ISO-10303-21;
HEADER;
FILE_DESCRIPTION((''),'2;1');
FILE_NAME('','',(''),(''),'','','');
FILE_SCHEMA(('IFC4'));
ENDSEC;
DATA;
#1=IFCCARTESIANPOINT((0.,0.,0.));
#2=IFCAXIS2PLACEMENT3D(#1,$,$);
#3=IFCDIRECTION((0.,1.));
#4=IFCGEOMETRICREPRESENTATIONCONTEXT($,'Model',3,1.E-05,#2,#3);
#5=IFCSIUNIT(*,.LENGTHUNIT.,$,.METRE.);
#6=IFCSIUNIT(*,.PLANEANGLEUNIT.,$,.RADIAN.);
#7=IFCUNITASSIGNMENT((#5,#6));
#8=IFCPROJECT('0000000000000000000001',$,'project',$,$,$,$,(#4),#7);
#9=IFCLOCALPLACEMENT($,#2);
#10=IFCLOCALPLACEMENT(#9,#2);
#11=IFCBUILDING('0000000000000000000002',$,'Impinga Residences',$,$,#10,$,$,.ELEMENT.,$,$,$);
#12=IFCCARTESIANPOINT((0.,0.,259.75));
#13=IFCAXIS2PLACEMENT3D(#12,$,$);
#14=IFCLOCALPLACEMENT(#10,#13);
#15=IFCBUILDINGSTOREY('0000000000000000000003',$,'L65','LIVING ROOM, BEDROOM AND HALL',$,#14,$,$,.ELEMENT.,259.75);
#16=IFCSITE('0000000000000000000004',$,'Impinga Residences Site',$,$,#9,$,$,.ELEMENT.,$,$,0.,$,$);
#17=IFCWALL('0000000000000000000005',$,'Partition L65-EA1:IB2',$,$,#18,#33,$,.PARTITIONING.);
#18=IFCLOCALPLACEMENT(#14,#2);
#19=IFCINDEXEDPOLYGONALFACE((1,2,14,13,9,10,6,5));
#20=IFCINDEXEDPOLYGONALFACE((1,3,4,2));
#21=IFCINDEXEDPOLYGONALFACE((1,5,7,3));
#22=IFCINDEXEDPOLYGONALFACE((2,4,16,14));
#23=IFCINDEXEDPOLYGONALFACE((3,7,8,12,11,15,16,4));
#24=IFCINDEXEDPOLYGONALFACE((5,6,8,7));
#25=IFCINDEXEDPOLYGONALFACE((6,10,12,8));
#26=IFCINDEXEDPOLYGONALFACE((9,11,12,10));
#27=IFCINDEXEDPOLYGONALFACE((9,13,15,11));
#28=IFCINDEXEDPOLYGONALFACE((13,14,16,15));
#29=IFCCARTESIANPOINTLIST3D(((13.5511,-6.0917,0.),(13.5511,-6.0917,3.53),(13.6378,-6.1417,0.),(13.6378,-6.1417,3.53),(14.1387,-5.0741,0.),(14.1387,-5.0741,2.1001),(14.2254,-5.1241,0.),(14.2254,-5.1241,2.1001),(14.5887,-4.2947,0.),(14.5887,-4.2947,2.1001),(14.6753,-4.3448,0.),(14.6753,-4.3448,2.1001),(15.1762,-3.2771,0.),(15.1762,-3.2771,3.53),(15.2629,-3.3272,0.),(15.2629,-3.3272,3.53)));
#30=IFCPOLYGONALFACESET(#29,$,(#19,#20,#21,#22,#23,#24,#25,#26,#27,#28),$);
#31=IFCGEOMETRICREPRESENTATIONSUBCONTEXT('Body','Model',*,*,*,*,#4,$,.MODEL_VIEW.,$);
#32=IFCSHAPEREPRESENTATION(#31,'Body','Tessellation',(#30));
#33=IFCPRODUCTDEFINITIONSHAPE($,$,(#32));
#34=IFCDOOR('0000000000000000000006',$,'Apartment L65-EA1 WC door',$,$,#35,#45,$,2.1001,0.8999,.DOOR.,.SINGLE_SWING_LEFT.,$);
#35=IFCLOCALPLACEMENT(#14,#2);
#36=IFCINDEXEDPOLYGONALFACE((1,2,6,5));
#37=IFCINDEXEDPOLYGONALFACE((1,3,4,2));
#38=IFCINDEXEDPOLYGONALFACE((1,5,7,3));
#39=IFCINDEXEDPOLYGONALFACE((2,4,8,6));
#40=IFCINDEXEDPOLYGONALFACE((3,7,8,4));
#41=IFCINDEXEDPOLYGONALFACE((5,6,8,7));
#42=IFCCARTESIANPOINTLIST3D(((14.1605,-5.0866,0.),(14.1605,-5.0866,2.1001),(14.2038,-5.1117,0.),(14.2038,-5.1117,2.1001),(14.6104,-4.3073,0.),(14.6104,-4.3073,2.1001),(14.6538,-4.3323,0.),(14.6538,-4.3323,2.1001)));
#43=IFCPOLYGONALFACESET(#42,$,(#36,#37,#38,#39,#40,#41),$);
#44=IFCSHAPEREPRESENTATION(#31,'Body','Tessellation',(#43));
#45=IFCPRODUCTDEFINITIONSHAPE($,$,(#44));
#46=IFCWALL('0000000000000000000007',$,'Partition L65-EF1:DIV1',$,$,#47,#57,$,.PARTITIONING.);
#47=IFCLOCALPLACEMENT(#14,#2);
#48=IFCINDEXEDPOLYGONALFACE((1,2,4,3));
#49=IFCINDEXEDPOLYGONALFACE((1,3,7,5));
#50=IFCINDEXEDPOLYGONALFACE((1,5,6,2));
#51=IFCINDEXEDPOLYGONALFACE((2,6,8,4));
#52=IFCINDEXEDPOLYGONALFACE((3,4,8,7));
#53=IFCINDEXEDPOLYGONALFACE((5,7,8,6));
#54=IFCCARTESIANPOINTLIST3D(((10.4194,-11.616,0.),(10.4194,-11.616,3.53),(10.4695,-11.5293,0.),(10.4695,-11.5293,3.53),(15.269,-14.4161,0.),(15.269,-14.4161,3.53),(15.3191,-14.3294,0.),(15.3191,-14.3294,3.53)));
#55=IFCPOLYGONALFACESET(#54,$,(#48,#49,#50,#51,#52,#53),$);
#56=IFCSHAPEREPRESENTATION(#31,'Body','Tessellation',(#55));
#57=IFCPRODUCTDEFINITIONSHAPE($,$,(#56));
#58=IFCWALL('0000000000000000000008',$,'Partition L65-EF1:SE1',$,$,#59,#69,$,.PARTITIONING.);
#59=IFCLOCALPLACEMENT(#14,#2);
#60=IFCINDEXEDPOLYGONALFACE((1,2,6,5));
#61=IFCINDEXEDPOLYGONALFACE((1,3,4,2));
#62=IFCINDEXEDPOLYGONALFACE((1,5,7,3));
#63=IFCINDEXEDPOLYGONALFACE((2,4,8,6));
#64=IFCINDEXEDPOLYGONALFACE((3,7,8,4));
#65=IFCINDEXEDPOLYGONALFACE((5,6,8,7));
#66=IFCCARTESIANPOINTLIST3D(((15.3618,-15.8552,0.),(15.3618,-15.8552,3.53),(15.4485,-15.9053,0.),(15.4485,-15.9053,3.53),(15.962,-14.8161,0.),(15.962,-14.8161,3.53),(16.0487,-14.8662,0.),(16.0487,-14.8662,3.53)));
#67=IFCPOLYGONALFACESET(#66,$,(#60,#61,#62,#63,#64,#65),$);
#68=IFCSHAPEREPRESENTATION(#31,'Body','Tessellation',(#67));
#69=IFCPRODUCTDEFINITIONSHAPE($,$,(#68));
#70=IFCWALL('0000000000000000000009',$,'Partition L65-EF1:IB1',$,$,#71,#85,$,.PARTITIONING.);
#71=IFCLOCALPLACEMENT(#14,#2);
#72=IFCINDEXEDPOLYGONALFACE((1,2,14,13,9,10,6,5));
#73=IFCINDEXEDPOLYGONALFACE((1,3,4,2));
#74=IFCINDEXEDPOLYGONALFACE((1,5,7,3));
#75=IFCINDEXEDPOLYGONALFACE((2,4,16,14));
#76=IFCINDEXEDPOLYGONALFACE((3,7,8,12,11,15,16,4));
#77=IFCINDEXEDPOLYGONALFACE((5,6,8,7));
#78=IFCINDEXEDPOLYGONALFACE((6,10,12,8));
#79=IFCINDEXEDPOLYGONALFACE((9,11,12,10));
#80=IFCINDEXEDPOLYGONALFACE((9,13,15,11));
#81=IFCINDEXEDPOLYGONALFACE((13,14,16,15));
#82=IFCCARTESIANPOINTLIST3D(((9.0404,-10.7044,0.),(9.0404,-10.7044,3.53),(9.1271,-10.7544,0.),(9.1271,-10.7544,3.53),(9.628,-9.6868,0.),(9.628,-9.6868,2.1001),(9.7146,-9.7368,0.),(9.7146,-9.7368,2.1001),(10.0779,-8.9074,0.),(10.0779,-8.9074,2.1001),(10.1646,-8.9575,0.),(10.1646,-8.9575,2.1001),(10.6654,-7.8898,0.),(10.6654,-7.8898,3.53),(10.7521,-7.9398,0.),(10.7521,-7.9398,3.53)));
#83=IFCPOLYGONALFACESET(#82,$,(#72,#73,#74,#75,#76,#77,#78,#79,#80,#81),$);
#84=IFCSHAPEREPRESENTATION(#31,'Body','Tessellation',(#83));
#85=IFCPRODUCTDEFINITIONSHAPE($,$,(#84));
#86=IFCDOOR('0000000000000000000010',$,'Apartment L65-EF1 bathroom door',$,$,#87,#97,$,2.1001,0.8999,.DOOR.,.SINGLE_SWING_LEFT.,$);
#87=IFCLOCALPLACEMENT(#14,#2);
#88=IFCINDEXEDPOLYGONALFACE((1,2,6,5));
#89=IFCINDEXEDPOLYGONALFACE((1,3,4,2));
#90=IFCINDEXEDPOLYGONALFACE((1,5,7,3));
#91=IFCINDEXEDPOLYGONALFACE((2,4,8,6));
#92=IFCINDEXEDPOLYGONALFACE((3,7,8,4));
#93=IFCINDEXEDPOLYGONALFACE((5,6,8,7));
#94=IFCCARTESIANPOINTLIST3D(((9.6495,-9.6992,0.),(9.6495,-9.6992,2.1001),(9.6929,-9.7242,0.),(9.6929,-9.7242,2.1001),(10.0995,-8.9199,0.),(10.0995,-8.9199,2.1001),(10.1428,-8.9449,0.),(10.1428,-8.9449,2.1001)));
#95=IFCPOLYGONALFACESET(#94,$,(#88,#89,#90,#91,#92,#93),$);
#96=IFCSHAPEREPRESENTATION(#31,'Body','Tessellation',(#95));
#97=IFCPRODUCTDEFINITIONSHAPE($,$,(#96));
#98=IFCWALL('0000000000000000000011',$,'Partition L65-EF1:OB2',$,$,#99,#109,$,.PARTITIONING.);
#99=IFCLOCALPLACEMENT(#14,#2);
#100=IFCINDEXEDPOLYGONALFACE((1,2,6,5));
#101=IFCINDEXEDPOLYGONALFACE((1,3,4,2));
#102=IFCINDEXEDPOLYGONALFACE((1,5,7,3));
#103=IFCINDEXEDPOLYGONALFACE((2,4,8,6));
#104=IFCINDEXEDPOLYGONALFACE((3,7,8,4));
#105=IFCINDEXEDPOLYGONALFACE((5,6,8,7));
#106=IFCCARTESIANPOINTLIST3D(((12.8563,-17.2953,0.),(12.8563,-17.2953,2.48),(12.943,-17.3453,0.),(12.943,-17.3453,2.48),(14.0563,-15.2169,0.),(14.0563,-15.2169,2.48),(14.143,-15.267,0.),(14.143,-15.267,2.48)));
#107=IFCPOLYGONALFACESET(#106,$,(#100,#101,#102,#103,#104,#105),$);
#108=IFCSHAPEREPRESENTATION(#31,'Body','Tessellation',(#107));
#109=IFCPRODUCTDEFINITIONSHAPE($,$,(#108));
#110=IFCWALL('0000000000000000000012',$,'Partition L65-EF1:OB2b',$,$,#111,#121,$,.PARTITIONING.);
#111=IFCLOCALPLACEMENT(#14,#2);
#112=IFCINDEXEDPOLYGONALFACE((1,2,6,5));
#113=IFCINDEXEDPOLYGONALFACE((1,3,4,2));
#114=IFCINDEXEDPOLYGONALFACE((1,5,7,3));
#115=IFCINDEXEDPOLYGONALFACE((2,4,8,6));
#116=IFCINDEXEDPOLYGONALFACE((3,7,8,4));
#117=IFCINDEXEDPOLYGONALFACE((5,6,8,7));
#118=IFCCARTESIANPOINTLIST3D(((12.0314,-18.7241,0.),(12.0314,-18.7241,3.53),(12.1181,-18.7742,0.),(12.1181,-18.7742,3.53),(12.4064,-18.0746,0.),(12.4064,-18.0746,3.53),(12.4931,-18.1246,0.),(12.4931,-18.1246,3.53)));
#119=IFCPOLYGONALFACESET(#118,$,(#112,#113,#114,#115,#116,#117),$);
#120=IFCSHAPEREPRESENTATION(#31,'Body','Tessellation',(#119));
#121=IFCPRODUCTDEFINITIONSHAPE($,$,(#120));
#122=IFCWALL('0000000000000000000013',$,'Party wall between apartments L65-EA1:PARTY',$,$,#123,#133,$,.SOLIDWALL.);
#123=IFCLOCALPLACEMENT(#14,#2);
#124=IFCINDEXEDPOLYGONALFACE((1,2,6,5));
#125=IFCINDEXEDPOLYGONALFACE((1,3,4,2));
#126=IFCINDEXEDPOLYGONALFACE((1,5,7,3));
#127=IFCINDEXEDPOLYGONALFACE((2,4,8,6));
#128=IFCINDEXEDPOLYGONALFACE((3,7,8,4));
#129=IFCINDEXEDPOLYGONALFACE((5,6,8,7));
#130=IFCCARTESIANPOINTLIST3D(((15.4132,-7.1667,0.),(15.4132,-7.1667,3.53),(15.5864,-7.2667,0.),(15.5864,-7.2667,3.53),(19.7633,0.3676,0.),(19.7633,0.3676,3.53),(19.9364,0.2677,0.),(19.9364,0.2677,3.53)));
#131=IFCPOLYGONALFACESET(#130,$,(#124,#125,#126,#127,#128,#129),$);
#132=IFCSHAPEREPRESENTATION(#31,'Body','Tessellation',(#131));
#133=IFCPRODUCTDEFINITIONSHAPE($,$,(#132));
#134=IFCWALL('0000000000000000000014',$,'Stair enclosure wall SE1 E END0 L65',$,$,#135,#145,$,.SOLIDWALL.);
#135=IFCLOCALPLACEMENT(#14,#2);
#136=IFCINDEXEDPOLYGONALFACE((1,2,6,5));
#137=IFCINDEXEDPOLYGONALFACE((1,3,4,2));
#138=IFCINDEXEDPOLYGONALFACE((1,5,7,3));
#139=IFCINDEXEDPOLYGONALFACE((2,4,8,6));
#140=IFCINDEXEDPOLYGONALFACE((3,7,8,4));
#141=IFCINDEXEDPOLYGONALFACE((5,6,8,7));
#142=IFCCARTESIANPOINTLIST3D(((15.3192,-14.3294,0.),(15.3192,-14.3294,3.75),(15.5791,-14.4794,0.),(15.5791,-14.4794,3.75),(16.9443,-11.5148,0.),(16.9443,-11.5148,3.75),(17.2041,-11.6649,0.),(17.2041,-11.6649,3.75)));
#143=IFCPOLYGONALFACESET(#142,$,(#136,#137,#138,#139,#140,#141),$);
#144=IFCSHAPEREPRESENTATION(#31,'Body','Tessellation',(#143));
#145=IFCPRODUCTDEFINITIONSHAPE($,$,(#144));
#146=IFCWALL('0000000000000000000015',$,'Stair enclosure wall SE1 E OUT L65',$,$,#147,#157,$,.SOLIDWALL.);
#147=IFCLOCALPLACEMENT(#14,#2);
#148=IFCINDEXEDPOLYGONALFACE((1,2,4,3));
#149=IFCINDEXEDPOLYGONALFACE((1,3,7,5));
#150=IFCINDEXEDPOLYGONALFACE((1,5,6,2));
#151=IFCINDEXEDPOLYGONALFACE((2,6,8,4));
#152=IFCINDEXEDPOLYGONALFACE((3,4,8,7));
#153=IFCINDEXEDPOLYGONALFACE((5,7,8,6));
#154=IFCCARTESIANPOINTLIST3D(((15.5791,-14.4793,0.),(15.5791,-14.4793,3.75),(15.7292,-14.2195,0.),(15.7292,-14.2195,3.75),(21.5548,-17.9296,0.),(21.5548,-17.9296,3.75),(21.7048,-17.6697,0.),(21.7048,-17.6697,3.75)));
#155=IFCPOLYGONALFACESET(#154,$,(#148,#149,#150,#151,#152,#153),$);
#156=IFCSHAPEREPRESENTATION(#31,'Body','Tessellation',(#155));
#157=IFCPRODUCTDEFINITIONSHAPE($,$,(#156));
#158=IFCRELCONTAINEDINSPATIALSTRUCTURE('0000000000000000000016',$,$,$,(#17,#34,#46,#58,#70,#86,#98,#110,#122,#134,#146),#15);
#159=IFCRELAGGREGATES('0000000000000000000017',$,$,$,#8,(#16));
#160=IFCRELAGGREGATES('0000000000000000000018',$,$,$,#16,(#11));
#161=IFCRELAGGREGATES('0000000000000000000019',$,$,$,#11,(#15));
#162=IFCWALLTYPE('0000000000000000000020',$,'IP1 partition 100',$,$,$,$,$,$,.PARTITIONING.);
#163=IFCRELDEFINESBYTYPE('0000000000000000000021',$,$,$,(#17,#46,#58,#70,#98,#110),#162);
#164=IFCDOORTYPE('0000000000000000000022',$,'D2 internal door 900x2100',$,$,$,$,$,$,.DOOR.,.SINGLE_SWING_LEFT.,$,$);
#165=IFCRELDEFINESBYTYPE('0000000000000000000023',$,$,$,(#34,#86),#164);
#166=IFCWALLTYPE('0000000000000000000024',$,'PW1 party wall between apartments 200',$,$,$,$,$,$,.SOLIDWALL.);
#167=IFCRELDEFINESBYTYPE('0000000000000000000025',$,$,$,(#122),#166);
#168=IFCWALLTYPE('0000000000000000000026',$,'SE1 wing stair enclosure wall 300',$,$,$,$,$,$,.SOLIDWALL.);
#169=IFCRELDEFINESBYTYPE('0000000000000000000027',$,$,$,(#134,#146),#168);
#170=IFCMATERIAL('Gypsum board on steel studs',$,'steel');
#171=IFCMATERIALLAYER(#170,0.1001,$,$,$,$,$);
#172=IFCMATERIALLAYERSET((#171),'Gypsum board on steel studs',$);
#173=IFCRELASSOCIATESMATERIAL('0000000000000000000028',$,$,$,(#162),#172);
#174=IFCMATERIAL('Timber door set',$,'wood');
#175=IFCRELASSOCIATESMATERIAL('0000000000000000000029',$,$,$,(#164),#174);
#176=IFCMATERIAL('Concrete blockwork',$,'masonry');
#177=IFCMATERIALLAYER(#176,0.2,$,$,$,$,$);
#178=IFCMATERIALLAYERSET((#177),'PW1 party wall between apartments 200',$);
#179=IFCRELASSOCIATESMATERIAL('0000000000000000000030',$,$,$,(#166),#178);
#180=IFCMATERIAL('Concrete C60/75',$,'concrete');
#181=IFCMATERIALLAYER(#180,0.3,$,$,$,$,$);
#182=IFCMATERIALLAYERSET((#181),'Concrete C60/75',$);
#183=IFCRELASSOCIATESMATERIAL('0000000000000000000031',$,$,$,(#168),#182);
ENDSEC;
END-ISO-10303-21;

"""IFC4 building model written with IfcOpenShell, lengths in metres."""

from ifc_helpers import new_model, si_unit, direction, frame, frame_2d, origin, place, context, subcontext, project, spatial, rectangle, extrude, material, layer, layer_set, type_object, element, fill, save


model = new_model("IFC4")

# Units and contexts
model_context = context("Model", 3, precision=1e-05, world=origin(), true_north=direction((0.0, 1.0)))
body_context = subcontext(model_context, "Body", "Model", "MODEL_VIEW")
ifc_project = project(units=[si_unit("LENGTHUNIT", "METRE"), si_unit("PLANEANGLEUNIT", "RADIAN")], contexts=[model_context])

# Site, building, storey
site_placement = place(None, origin())
site = spatial("IfcSite", under=ifc_project, at=site_placement, Name="Impinga Residences Site", CompositionType="ELEMENT", RefElevation=0.0)
building_placement = place(site_placement, origin())
building = spatial("IfcBuilding", under=site, at=building_placement, Name="Impinga Residences", CompositionType="ELEMENT")
storey_placement = place(building_placement, frame((0.0, 0.0, 259.75)))
storey = spatial("IfcBuildingStorey", under=building, at=storey_placement, Name="L65", Description="LIVING ROOM, BEDROOM AND HALL", CompositionType="ELEMENT", Elevation=259.75)

# Shared definitions
ifc_material_1 = material(Name="Concrete C60/75", Category="concrete")

# Shared definitions
ifc_material_2 = material(Name="Timber door set", Category="wood")

# Shared definitions
ifc_material_3 = material(Name="Gypsum board on steel studs", Category="steel")
ifc_layer_1 = layer(ifc_material_3, 0.1001)
ifc_layer_set_1 = layer_set([ifc_layer_1], Name="Gypsum board on steel studs")
wall_type_1 = type_object("IfcWallType", Name="IP1 partition 100", PredefinedType="PARTITIONING", material=ifc_layer_set_1)

# Wall, opening, door
door_type_1 = type_object("IfcDoorType", Name="D2 internal door 900x2100", OperationType="SINGLE_SWING_LEFT", PredefinedType="DOOR", material=ifc_material_2)
wall_1_placement = place(storey_placement, frame((13.5945, -6.1167, 0.0), z_axis=(0.0, 0.0, 1.0), x_axis=(0.500017, 0.866015, 0.0)))
wall_1 = element("IfcWall", 1, at=wall_1_placement, inside=storey, type_object=wall_type_1, Name="Partition L65-EA1:IB2", PredefinedType="PARTITIONING", context=body_context, shape_type="SweptSolid", body=[
    extrude(rectangle(XDim=3.25, YDim=0.1001, at=frame_2d((1.625, 0.0))), origin(), (0.0, 0.0, 1.0), 3.53),
])
opening_1_placement = place(wall_1_placement, frame((1.175, 0.0, 0.0)))
opening_1 = element("IfcOpeningElement", 2, at=opening_1_placement, cuts=wall_1, PredefinedType="OPENING", context=body_context, shape_type="SweptSolid", body=[
    extrude(rectangle(XDim=0.8999, YDim=2.1001, at=frame_2d((0.45, 1.05))), frame((0.0, 0.0601, 0.0), z_axis=(0.0, -1.0, 0.0), x_axis=(1.0, 0.0, 0.0)), (0.0, 0.0, 1.0), 0.1201),
])
door_1_placement = place(opening_1_placement, origin())
door_1 = element("IfcDoor", 3, at=door_1_placement, inside=storey, type_object=door_type_1, Name="Apartment L65-EA1 WC door", OperationType="SINGLE_SWING_LEFT", OverallHeight=2.1001, OverallWidth=0.8999, PredefinedType="DOOR", context=body_context, shape_type="SweptSolid", body=[
    extrude(rectangle(XDim=0.8999, YDim=2.1001, at=frame_2d((0.45, 1.05))), frame((0.0, 0.0249, 0.0), z_axis=(0.0, -1.0, 0.0), x_axis=(1.0, 0.0, 0.0)), (0.0, 0.0, 1.0), 0.05),
])
fill(opening_1, door_1)

# Walls
wall_2_placement = place(storey_placement, frame((10.4446, -11.5728, 0.0), z_axis=(0.0, 0.0, 1.0), x_axis=(0.866016, -0.500017, 0.0)))
element("IfcWall", 4, at=wall_2_placement, inside=storey, type_object=wall_type_1, Name="Partition L65-EF1:DIV1", PredefinedType="PARTITIONING", context=body_context, shape_type="SweptSolid", body=[
    extrude(rectangle(XDim=5.5999, YDim=0.1001, at=frame_2d((2.7998, 0.0))), origin(), (0.0, 0.0, 1.0), 3.53),
])
wall_3_placement = place(storey_placement, frame((16.0054, -14.8411, 0.0), z_axis=(0.0, 0.0, 1.0), x_axis=(-0.500122, -0.865955, 0.0)))
element("IfcWall", 5, at=wall_3_placement, inside=storey, type_object=wall_type_1, Name="Partition L65-EF1:SE1", PredefinedType="PARTITIONING", context=body_context, shape_type="SweptSolid", body=[
    extrude(rectangle(XDim=1.2, YDim=0.1001, at=frame_2d((0.6001, 0.0))), origin(), (0.0, 0.0, 1.0), 3.53),
])

# Wall, opening, door
wall_4_placement = place(storey_placement, frame((10.7087, -7.9148, 0.0), z_axis=(0.0, 0.0, 1.0), x_axis=(-0.499985, -0.866034, 0.0)))
wall_4 = element("IfcWall", 6, at=wall_4_placement, inside=storey, type_object=wall_type_1, Name="Partition L65-EF1:IB1", PredefinedType="PARTITIONING", context=body_context, shape_type="SweptSolid", body=[
    extrude(rectangle(XDim=3.25, YDim=0.1001, at=frame_2d((1.625, 0.0))), origin(), (0.0, 0.0, 1.0), 3.53),
])
opening_2_placement = place(wall_4_placement, frame((1.175, 0.0, 0.0)))
opening_2 = element("IfcOpeningElement", 7, at=opening_2_placement, cuts=wall_4, PredefinedType="OPENING", context=body_context, shape_type="SweptSolid", body=[
    extrude(rectangle(XDim=0.8999, YDim=2.1001, at=frame_2d((0.45, 1.05))), frame((0.0, 0.0601, 0.0), z_axis=(0.0, -1.0, 0.0), x_axis=(1.0, 0.0, 0.0)), (0.0, 0.0, 1.0), 0.1201),
])
door_2_placement = place(opening_2_placement, origin())
door_2 = element("IfcDoor", 8, at=door_2_placement, inside=storey, type_object=door_type_1, Name="Apartment L65-EF1 bathroom door", OperationType="SINGLE_SWING_LEFT", OverallHeight=2.1001, OverallWidth=0.8999, PredefinedType="DOOR", context=body_context, shape_type="SweptSolid", body=[
    extrude(rectangle(XDim=0.8999, YDim=2.1001, at=frame_2d((0.45, 1.05))), frame((0.0, 0.0249, 0.0), z_axis=(0.0, -1.0, 0.0), x_axis=(1.0, 0.0, 0.0)), (0.0, 0.0, 1.0), 0.05),
])
fill(opening_2, door_2)

# Walls
wall_5_placement = place(storey_placement, frame((14.0996, -15.2419, 0.0), z_axis=(0.0, 0.0, 1.0), x_axis=(-0.500001, -0.866025, 0.0)))
element("IfcWall", 9, at=wall_5_placement, inside=storey, type_object=wall_type_1, Name="Partition L65-EF1:OB2", PredefinedType="PARTITIONING", context=body_context, shape_type="SweptSolid", body=[
    extrude(rectangle(XDim=2.3999, YDim=0.1001, at=frame_2d((1.2, 0.0))), origin(), (0.0, 0.0, 1.0), 2.48),
])
wall_6_placement = place(storey_placement, frame((12.4497, -18.0996, 0.0), z_axis=(0.0, 0.0, 1.0), x_axis=(-0.49992, -0.866072, 0.0)))
element("IfcWall", 10, at=wall_6_placement, inside=storey, type_object=wall_type_1, Name="Partition L65-EF1:OB2b", PredefinedType="PARTITIONING", context=body_context, shape_type="SweptSolid", body=[
    extrude(rectangle(XDim=0.75, YDim=0.1001, at=frame_2d((0.375, 0.0))), origin(), (0.0, 0.0, 1.0), 3.53),
])
ifc_material_4 = material(Name="Concrete blockwork", Category="masonry")
ifc_layer_2 = layer(ifc_material_4, 0.2)
ifc_layer_set_2 = layer_set([ifc_layer_2], Name="PW1 party wall between apartments 200")
wall_type_2 = type_object("IfcWallType", Name="PW1 party wall between apartments 200", PredefinedType="SOLIDWALL", material=ifc_layer_set_2)
wall_7_placement = place(storey_placement, frame((15.4998, -7.2168, 0.0), z_axis=(0.0, 0.0, 1.0), x_axis=(0.500008, 0.866021, 0.0)))
element("IfcWall", 11, at=wall_7_placement, inside=storey, type_object=wall_type_2, Name="Party wall between apartments L65-EA1:PARTY", PredefinedType="SOLIDWALL", context=body_context, shape_type="SweptSolid", body=[
    extrude(rectangle(XDim=8.7, YDim=0.2, at=frame_2d((4.3501, 0.0))), origin(), (0.0, 0.0, 1.0), 3.53),
])
ifc_layer_3 = layer(ifc_material_1, 0.3)
ifc_layer_set_3 = layer_set([ifc_layer_3], Name="Concrete C60/75")
wall_type_3 = type_object("IfcWallType", Name="SE1 wing stair enclosure wall 300", PredefinedType="SOLIDWALL", material=ifc_layer_set_3)
wall_8_placement = place(storey_placement, frame((17.0742, -11.5898, 0.0), z_axis=(0.0, 0.0, 1.0), x_axis=(-0.500017, -0.866015, 0.0)))
element("IfcWall", 12, at=wall_8_placement, inside=storey, type_object=wall_type_3, Name="Stair enclosure wall SE1 E END0 L65", PredefinedType="SOLIDWALL", context=body_context, shape_type="SweptSolid", body=[
    extrude(rectangle(XDim=3.25, YDim=0.3, at=frame_2d((1.625, 0.0))), origin(), (0.0, 0.0, 1.0), 3.75),
])
wall_9_placement = place(storey_placement, frame((15.6541, -14.3494, 0.0), z_axis=(0.0, 0.0, 1.0), x_axis=(0.866014, -0.500021, 0.0)))
element("IfcWall", 13, at=wall_9_placement, inside=storey, type_object=wall_type_3, Name="Stair enclosure wall SE1 E OUT L65", PredefinedType="SOLIDWALL", context=body_context, shape_type="SweptSolid", body=[
    extrude(rectangle(XDim=6.9001, YDim=0.3, at=frame_2d((3.4502, 0.0))), origin(), (0.0, 0.0, 1.0), 3.75),
])

save(model, "model.ifc")
